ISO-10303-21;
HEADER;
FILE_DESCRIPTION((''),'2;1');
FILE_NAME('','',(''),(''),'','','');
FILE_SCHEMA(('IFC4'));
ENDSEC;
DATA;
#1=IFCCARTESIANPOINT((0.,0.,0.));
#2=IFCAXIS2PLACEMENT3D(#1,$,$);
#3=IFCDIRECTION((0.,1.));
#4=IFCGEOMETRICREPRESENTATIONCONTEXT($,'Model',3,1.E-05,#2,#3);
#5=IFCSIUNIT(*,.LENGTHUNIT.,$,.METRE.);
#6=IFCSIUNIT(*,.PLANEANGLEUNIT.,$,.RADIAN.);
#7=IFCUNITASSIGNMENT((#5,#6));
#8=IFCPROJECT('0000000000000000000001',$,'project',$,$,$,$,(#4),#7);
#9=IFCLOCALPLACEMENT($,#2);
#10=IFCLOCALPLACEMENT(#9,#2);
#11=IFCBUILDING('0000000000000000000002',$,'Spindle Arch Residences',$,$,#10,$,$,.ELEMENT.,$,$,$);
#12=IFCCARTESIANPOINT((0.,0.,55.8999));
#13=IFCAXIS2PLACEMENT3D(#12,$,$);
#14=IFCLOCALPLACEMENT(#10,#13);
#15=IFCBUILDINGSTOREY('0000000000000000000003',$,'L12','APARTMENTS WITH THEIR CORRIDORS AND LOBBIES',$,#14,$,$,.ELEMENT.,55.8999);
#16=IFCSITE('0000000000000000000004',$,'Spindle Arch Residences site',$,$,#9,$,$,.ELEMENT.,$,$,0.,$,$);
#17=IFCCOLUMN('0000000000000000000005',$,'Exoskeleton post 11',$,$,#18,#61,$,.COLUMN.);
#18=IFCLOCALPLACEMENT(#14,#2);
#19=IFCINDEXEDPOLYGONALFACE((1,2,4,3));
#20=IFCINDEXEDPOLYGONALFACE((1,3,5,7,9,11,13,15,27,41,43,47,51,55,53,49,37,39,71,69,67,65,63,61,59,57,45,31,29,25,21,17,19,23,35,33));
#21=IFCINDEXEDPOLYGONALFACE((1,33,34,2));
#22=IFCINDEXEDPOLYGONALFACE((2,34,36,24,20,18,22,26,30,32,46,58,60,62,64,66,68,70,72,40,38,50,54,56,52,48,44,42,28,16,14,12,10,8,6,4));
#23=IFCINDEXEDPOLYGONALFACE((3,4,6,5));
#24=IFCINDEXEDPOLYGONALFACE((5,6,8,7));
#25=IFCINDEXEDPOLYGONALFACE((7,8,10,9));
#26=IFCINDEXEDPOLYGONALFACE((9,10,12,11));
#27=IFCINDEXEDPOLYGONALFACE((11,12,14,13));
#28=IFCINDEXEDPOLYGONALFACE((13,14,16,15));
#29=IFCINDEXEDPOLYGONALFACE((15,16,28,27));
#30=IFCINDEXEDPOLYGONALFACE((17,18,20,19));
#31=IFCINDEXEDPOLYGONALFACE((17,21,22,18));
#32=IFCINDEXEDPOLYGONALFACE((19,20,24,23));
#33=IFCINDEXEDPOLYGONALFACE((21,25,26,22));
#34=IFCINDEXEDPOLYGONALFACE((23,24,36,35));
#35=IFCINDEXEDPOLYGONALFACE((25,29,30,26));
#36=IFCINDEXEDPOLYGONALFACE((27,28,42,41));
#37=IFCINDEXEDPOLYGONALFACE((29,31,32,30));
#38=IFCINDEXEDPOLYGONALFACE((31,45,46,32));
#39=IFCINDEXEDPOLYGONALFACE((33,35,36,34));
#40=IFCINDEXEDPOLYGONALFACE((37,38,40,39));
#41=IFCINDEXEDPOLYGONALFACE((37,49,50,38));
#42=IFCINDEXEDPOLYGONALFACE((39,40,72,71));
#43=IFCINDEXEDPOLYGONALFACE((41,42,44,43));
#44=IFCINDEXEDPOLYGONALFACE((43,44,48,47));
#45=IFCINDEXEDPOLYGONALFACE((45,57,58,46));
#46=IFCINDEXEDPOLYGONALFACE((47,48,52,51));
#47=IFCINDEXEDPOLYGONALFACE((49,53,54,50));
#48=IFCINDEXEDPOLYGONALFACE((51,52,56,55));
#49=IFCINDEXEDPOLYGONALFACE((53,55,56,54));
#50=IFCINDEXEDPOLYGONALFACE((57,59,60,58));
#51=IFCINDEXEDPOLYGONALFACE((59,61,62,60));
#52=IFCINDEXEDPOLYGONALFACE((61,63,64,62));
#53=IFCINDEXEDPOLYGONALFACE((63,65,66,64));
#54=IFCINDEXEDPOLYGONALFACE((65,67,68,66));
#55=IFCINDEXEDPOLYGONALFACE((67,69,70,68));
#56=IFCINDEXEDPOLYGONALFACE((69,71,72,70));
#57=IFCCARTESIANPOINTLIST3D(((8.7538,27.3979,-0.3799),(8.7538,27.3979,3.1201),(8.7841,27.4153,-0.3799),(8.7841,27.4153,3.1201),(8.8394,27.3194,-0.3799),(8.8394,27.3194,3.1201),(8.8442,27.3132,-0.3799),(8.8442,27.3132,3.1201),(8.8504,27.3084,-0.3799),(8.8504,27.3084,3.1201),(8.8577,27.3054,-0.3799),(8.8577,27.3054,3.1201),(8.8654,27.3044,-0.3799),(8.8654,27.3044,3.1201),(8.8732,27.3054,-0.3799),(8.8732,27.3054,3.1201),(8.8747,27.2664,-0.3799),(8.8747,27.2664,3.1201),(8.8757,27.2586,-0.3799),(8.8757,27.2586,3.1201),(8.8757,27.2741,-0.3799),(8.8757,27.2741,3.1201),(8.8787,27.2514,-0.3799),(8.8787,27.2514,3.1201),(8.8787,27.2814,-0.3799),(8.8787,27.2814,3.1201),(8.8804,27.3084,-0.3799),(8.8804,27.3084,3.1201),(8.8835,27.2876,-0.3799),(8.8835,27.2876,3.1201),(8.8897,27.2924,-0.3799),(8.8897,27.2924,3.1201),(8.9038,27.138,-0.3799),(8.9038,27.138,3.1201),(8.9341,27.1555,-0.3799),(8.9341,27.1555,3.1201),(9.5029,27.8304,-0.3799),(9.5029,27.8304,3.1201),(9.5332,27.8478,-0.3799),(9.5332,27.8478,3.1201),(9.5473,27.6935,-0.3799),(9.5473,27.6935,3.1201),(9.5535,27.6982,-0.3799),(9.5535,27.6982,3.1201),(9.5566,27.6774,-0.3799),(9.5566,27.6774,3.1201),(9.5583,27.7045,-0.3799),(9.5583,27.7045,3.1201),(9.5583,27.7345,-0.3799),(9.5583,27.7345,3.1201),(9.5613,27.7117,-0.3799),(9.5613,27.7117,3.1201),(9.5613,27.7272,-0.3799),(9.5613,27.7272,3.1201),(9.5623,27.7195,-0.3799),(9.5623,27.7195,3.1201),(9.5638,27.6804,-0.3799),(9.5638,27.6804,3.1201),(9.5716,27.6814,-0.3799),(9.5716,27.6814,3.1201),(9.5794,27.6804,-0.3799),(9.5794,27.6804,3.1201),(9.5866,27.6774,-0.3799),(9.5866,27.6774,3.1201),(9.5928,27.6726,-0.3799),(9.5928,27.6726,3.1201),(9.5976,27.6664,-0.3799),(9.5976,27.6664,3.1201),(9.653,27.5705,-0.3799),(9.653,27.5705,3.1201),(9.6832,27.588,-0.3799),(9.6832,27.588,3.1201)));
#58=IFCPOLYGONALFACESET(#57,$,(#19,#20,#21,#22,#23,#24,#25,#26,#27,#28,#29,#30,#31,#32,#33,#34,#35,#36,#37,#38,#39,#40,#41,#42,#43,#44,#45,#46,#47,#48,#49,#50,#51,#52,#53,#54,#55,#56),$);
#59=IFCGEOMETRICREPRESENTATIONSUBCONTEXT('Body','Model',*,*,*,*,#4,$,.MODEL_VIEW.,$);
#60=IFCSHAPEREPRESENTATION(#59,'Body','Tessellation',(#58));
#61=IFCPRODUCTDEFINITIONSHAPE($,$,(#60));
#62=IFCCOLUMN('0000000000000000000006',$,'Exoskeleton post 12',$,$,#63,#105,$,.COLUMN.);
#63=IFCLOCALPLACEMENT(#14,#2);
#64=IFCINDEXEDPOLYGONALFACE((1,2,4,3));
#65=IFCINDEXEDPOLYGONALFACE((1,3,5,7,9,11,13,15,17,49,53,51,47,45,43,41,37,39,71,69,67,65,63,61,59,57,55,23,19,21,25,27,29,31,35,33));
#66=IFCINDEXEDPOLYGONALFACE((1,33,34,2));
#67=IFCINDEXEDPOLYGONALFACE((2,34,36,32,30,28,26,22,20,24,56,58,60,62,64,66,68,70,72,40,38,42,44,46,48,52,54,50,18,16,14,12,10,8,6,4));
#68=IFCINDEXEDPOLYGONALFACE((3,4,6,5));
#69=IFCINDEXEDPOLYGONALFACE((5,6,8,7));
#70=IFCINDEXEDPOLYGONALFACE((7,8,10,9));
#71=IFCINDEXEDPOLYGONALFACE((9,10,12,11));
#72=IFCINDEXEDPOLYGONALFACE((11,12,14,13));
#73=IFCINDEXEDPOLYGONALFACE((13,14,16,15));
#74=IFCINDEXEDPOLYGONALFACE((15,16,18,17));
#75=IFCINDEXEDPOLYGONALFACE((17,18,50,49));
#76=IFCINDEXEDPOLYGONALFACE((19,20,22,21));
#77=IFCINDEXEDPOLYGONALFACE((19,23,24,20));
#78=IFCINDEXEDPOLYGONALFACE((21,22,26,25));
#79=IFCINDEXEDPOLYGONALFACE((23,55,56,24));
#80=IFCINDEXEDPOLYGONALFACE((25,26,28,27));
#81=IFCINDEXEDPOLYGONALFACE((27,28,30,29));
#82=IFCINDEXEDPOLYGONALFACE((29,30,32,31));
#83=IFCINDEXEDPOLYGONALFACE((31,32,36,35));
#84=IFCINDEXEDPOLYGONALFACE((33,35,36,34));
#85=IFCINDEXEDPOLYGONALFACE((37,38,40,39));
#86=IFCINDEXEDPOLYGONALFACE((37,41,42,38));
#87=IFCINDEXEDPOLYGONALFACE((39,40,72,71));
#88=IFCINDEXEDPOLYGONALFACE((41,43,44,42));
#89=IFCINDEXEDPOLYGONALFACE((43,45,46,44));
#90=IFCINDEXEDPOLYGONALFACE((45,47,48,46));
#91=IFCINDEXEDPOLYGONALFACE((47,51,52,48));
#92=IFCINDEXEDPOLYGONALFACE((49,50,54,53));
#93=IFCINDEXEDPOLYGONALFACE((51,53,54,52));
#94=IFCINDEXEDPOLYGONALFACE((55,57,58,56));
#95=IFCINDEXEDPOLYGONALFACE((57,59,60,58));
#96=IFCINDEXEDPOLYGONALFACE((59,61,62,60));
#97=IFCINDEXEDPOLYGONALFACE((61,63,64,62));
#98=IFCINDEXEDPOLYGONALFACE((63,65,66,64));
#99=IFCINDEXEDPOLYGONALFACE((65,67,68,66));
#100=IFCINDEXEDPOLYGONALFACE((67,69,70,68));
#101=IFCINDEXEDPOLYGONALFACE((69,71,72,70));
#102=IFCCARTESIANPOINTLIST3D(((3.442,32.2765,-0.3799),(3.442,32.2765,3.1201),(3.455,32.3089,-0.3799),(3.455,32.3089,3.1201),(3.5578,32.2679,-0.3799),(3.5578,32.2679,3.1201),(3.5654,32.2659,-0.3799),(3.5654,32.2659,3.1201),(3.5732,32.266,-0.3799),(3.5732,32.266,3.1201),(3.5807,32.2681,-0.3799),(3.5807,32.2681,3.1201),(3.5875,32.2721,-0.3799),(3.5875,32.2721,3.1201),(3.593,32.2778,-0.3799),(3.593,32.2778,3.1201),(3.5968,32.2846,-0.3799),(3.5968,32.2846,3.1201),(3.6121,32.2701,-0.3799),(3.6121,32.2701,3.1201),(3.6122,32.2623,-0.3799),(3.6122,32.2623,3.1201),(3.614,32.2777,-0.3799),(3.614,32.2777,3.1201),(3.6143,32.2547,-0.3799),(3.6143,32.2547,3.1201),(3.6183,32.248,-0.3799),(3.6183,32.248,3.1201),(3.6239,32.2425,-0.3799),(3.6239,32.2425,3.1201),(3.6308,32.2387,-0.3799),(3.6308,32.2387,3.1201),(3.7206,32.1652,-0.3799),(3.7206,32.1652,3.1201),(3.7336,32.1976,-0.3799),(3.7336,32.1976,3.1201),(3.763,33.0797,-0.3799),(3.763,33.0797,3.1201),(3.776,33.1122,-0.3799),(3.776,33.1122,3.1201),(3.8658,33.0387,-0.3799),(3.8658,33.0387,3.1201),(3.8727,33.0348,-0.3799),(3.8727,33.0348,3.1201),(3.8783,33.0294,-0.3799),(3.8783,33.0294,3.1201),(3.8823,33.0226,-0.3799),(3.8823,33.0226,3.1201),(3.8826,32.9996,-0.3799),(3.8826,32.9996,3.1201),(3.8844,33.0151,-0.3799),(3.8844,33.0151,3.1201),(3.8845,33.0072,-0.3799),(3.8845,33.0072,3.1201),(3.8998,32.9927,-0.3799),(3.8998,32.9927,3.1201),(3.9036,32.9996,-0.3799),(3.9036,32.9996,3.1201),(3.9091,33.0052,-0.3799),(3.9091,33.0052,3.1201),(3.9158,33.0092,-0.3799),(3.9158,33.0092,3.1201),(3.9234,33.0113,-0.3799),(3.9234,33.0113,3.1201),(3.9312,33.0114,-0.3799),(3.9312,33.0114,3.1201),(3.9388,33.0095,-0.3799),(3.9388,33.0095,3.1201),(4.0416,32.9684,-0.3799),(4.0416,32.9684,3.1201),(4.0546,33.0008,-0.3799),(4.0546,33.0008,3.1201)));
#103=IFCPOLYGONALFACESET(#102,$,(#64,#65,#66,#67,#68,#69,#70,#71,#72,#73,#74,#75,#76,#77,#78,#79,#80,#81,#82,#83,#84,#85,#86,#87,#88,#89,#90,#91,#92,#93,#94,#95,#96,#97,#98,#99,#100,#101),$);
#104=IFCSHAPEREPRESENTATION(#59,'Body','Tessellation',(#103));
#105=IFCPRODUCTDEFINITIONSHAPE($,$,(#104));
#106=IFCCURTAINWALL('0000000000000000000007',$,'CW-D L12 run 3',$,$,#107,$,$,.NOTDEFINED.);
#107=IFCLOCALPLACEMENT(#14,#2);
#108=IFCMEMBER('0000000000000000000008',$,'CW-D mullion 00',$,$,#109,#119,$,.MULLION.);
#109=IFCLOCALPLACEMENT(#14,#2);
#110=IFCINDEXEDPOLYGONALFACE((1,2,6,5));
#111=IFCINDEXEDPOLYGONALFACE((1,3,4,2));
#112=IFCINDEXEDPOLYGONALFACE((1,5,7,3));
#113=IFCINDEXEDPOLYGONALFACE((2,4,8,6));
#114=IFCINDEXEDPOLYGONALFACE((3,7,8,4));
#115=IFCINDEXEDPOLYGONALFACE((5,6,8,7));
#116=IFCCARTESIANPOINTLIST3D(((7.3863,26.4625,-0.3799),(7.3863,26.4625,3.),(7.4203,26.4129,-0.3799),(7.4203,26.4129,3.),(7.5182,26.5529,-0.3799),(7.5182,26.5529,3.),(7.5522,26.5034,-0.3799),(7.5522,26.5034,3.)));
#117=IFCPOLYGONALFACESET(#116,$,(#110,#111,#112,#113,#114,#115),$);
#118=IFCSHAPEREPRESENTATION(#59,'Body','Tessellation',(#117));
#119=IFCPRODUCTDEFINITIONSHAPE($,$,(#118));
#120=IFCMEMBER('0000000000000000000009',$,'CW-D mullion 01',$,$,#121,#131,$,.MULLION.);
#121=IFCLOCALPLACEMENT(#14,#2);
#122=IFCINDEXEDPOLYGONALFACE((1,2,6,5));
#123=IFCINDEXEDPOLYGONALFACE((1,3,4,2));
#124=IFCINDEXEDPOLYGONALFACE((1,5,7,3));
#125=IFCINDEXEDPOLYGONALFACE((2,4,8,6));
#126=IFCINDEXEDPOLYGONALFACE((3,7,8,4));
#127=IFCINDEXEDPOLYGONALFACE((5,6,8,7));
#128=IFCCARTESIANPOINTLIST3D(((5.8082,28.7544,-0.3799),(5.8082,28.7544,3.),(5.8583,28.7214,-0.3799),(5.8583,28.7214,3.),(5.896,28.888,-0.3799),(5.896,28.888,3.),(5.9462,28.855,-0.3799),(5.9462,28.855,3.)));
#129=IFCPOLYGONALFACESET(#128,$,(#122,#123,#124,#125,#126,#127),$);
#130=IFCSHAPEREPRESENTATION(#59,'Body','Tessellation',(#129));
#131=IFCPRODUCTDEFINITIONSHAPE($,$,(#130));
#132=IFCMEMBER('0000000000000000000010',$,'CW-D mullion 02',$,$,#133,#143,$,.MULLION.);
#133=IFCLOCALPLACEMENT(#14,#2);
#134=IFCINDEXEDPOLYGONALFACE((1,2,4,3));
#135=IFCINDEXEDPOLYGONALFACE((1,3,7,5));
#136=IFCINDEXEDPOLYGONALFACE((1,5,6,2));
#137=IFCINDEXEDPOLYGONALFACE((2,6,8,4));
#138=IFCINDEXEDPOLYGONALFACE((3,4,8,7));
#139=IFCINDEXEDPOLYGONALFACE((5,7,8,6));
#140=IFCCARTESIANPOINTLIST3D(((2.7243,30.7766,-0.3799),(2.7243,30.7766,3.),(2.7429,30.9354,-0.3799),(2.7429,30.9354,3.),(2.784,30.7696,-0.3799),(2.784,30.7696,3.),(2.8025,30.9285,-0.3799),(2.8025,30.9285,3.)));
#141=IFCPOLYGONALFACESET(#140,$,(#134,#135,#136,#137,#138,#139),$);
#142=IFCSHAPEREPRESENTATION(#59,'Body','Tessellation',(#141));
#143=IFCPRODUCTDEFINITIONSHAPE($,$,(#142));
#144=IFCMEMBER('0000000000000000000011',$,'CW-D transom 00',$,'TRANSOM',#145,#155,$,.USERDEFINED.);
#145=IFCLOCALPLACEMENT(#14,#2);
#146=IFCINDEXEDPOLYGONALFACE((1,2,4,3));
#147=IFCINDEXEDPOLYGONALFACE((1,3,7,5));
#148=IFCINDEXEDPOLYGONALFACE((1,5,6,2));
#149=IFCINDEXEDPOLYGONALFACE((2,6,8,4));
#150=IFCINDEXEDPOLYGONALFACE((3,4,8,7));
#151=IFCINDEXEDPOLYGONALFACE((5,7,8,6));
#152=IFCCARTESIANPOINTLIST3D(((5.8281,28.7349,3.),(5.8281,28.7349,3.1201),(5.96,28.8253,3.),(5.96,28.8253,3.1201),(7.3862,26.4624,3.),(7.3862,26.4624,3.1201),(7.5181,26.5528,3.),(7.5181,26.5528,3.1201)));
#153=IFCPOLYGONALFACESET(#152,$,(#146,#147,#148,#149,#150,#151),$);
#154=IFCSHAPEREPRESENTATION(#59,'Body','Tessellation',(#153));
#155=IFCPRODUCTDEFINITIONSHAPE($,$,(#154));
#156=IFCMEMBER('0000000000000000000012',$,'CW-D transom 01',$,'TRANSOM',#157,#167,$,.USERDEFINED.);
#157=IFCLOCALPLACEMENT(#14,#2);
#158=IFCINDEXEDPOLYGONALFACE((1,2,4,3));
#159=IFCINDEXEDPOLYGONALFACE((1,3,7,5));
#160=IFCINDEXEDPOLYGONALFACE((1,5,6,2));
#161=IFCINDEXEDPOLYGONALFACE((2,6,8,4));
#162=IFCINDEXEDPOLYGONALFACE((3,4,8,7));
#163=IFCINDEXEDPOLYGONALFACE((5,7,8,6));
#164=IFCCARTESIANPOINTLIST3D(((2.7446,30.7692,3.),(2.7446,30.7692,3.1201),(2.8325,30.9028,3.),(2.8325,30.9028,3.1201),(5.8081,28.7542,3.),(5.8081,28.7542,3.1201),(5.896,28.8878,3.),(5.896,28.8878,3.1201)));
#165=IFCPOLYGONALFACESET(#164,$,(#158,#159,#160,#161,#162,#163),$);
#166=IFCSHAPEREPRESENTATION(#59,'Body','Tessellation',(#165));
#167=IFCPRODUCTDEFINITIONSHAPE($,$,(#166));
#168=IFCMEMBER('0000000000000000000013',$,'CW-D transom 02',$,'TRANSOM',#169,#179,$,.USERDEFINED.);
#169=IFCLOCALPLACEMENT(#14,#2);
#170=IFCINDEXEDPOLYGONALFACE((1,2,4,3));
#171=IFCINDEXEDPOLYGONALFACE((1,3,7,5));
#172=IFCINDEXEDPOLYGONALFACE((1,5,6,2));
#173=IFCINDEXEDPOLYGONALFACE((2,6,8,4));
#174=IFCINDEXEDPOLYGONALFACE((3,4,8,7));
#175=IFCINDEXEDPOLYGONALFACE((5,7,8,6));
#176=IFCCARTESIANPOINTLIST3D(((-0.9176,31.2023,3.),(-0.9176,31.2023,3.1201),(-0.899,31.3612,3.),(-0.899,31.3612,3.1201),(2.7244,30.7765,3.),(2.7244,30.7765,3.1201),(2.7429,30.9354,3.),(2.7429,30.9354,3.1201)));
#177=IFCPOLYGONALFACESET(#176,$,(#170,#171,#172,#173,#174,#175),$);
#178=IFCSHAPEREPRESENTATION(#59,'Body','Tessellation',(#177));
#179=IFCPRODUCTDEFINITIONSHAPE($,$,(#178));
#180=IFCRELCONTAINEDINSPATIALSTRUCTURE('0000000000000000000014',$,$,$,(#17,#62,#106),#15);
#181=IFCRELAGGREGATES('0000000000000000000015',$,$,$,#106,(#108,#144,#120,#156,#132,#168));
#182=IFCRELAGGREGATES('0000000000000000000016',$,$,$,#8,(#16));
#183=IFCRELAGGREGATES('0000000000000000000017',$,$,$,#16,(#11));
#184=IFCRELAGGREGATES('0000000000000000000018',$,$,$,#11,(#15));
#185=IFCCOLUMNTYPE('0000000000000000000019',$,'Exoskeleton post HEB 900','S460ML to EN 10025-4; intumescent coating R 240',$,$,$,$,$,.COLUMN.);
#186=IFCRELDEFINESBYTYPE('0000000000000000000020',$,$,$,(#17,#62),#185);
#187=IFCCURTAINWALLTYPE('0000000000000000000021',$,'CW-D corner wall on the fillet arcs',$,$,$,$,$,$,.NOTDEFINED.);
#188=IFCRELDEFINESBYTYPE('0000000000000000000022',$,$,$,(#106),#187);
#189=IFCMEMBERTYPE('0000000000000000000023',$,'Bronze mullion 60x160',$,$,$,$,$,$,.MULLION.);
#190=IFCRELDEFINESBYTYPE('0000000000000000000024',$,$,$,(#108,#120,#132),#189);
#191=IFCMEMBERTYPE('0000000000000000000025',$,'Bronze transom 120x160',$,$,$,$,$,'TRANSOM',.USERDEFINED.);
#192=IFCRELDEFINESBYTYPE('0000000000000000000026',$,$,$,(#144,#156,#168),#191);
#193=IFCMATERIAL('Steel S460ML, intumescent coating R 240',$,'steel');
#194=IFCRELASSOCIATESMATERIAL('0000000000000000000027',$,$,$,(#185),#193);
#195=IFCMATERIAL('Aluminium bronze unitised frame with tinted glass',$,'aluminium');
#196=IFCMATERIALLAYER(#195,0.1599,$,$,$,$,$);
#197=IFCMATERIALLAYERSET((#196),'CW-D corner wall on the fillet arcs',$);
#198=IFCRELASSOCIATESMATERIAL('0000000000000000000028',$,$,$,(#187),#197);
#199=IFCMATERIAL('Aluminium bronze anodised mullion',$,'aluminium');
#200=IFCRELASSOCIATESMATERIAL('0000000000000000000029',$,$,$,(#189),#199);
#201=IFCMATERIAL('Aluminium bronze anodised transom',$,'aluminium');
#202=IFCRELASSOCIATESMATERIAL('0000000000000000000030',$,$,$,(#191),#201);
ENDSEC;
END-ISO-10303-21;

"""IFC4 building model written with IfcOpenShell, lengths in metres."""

from ifc_helpers import new_model, si_unit, direction, frame, origin, origin_2d, place, context, subcontext, project, spatial, rectangle, i_section, extrude, material, layer, layer_set, material_profile, profile_set, type_object, element, aggregate, save


model = new_model("IFC4")

# Units and contexts
model_context = context("Model", 3, precision=1e-05, world=origin(), true_north=direction((0.0, 1.0)))
body_context = subcontext(model_context, "Body", "Model", "MODEL_VIEW")
ifc_project = project(units=[si_unit("LENGTHUNIT", "METRE"), si_unit("PLANEANGLEUNIT", "RADIAN")], contexts=[model_context])

# Site, building, storey
site_placement = place(None, origin())
site = spatial("IfcSite", under=ifc_project, at=site_placement, Name="Spindle Arch Residences site", CompositionType="ELEMENT", RefElevation=0.0)
building_placement = place(site_placement, origin())
building = spatial("IfcBuilding", under=site, at=building_placement, Name="Spindle Arch Residences", CompositionType="ELEMENT")
storey_placement = place(building_placement, frame((0.0, 0.0, 55.8999)))
storey = spatial("IfcBuildingStorey", under=building, at=storey_placement, Name="L12", Description="APARTMENTS WITH THEIR CORRIDORS AND LOBBIES", CompositionType="ELEMENT", Elevation=55.8999)

# Columns
ifc_material_1 = material(Name="Steel S460ML, intumescent coating R 240", Category="steel")
ifc_material_profile_1 = material_profile(ifc_material_1, i_section(OverallWidth=0.3, OverallDepth=0.8999, WebThickness=0.0186, FlangeThickness=0.0349, FilletRadius=0.03, at=origin_2d()), Name="HEB 900")
ifc_profile_set_1 = profile_set([ifc_material_profile_1], Name="Steel S460ML, intumescent coating R 240")
column_type = type_object("IfcColumnType", Name="Exoskeleton post HEB 900", Description="S460ML to EN 10025-4; intumescent coating R 240", PredefinedType="COLUMN", material=ifc_profile_set_1)
for number, where, z_axis, x_axis, name in (
    (1, (9.2185, 27.4929, -0.3799), (0.0, 0.0, 1.0), (0.5, -0.866025, 0.0), "Exoskeleton post 11"),
    (2, (3.7483, 32.6387, -0.3799), (0.0, 0.0, 1.0), (0.92859, -0.371108, 0.0), "Exoskeleton post 12"),
):
    element("IfcColumn", number, at=place(storey_placement, frame(where, z_axis=z_axis, x_axis=x_axis)), inside=storey, type_object=column_type, Name=name, PredefinedType="COLUMN", context=body_context, shape_type="SweptSolid", body=[
        extrude(i_section(OverallWidth=0.3, OverallDepth=0.8999, WebThickness=0.0186, FlangeThickness=0.0349, FilletRadius=0.03, at=origin_2d()), origin(), (0.0, 0.0, 1.0), 3.5),
    ])

# Curtain wall, members
ifc_material_2 = material(Name="Aluminium bronze unitised frame with tinted glass", Category="aluminium")
ifc_layer_1 = layer(ifc_material_2, 0.1599)
ifc_layer_set_1 = layer_set([ifc_layer_1], Name="CW-D corner wall on the fillet arcs")
curtain_wall_type_1 = type_object("IfcCurtainWallType", Name="CW-D corner wall on the fillet arcs", PredefinedType="NOTDEFINED", material=ifc_layer_set_1)
curtain_wall_1_placement = place(storey_placement, origin())
curtain_wall_1 = element("IfcCurtainWall", 3, at=curtain_wall_1_placement, inside=storey, type_object=curtain_wall_type_1, Name="CW-D L12 run 3", PredefinedType="NOTDEFINED")
ifc_material_3 = material(Name="Aluminium bronze anodised mullion", Category="aluminium")
ifc_material_profile_2 = material_profile(ifc_material_3, rectangle(XDim=0.1599, YDim=0.0601, at=origin_2d()), Name="MU 60x160")
ifc_profile_set_2 = profile_set([ifc_material_profile_2], Name="Aluminium bronze anodised mullion")
member_type_1 = type_object("IfcMemberType", Name="Bronze mullion 60x160", PredefinedType="MULLION", material=ifc_profile_set_2)
member_1_placement = place(storey_placement, frame((7.4692, 26.4829, -0.3799), z_axis=(0.0, 0.0, 1.0), x_axis=(-0.824748, -0.565501, 0.0)))
member_1 = element("IfcMember", 4, at=member_1_placement, type_object=member_type_1, Name="CW-D mullion 00", PredefinedType="MULLION", context=body_context, shape_type="SweptSolid", body=[
    extrude(rectangle(XDim=0.1599, YDim=0.0601, at=origin_2d()), origin(), (0.0, 0.0, 1.0), 3.3799),
])
member_2_placement = place(storey_placement, frame((5.8772, 28.8047, -0.3799), z_axis=(0.0, 0.0, 1.0), x_axis=(-0.549509, -0.835488, 0.0)))
member_2 = element("IfcMember", 5, at=member_2_placement, type_object=member_type_1, Name="CW-D mullion 01", PredefinedType="MULLION", context=body_context, shape_type="SweptSolid", body=[
    extrude(rectangle(XDim=0.1599, YDim=0.0601, at=origin_2d()), origin(), (0.0, 0.0, 1.0), 3.3799),
])
member_3_placement = place(storey_placement, frame((2.7634, 30.8525, -0.3799), z_axis=(0.0, 0.0, 1.0), x_axis=(-0.116093, -0.993238, 0.0)))
member_3 = element("IfcMember", 6, at=member_3_placement, type_object=member_type_1, Name="CW-D mullion 02", PredefinedType="MULLION", context=body_context, shape_type="SweptSolid", body=[
    extrude(rectangle(XDim=0.1599, YDim=0.0601, at=origin_2d()), origin(), (0.0, 0.0, 1.0), 3.3799),
])
ifc_material_4 = material(Name="Aluminium bronze anodised transom", Category="aluminium")
ifc_material_profile_3 = material_profile(ifc_material_4, rectangle(XDim=0.1599, YDim=0.1201, at=origin_2d()), Name="TR 120x160")
ifc_profile_set_3 = profile_set([ifc_material_profile_3], Name="Aluminium bronze anodised transom")
member_type_2 = type_object("IfcMemberType", Name="Bronze transom 120x160", ElementType="TRANSOM", PredefinedType="USERDEFINED", material=ifc_profile_set_3)
member_4_placement = place(storey_placement, frame((7.4521, 26.5076, 3.0601), z_axis=(-0.56549, 0.824755, 0.0), x_axis=(-0.824755, -0.56549, 0.0)))
member_4 = element("IfcMember", 7, at=member_4_placement, type_object=member_type_2, Name="CW-D transom 00", ObjectType="TRANSOM", PredefinedType="USERDEFINED", context=body_context, shape_type="SweptSolid", body=[
    extrude(rectangle(XDim=0.1599, YDim=0.1201, at=origin_2d()), origin(), (0.0, 0.0, 1.0), 2.7554),
])
member_5_placement = place(storey_placement, frame((5.8521, 28.821, 3.0601), z_axis=(-0.835486, 0.549511, 0.0), x_axis=(-0.549511, -0.835486, 0.0)))
member_5 = element("IfcMember", 8, at=member_5_placement, type_object=member_type_2, Name="CW-D transom 01", ObjectType="TRANSOM", PredefinedType="USERDEFINED", context=body_context, shape_type="SweptSolid", body=[
    extrude(rectangle(XDim=0.1599, YDim=0.1201, at=origin_2d()), origin(), (0.0, 0.0, 1.0), 3.6667),
])
member_6_placement = place(storey_placement, frame((2.7336, 30.856, 3.0601), z_axis=(-0.993235, 0.116123, 0.0), x_axis=(-0.116123, -0.993235, 0.0)))
member_6 = element("IfcMember", 9, at=member_6_placement, type_object=member_type_2, Name="CW-D transom 02", ObjectType="TRANSOM", PredefinedType="USERDEFINED", context=body_context, shape_type="SweptSolid", body=[
    extrude(rectangle(XDim=0.1599, YDim=0.1201, at=origin_2d()), origin(), (0.0, 0.0, 1.0), 3.6667),
])

aggregate(curtain_wall_1, [member_1, member_4, member_2, member_5, member_3, member_6])

save(model, "model.ifc")
